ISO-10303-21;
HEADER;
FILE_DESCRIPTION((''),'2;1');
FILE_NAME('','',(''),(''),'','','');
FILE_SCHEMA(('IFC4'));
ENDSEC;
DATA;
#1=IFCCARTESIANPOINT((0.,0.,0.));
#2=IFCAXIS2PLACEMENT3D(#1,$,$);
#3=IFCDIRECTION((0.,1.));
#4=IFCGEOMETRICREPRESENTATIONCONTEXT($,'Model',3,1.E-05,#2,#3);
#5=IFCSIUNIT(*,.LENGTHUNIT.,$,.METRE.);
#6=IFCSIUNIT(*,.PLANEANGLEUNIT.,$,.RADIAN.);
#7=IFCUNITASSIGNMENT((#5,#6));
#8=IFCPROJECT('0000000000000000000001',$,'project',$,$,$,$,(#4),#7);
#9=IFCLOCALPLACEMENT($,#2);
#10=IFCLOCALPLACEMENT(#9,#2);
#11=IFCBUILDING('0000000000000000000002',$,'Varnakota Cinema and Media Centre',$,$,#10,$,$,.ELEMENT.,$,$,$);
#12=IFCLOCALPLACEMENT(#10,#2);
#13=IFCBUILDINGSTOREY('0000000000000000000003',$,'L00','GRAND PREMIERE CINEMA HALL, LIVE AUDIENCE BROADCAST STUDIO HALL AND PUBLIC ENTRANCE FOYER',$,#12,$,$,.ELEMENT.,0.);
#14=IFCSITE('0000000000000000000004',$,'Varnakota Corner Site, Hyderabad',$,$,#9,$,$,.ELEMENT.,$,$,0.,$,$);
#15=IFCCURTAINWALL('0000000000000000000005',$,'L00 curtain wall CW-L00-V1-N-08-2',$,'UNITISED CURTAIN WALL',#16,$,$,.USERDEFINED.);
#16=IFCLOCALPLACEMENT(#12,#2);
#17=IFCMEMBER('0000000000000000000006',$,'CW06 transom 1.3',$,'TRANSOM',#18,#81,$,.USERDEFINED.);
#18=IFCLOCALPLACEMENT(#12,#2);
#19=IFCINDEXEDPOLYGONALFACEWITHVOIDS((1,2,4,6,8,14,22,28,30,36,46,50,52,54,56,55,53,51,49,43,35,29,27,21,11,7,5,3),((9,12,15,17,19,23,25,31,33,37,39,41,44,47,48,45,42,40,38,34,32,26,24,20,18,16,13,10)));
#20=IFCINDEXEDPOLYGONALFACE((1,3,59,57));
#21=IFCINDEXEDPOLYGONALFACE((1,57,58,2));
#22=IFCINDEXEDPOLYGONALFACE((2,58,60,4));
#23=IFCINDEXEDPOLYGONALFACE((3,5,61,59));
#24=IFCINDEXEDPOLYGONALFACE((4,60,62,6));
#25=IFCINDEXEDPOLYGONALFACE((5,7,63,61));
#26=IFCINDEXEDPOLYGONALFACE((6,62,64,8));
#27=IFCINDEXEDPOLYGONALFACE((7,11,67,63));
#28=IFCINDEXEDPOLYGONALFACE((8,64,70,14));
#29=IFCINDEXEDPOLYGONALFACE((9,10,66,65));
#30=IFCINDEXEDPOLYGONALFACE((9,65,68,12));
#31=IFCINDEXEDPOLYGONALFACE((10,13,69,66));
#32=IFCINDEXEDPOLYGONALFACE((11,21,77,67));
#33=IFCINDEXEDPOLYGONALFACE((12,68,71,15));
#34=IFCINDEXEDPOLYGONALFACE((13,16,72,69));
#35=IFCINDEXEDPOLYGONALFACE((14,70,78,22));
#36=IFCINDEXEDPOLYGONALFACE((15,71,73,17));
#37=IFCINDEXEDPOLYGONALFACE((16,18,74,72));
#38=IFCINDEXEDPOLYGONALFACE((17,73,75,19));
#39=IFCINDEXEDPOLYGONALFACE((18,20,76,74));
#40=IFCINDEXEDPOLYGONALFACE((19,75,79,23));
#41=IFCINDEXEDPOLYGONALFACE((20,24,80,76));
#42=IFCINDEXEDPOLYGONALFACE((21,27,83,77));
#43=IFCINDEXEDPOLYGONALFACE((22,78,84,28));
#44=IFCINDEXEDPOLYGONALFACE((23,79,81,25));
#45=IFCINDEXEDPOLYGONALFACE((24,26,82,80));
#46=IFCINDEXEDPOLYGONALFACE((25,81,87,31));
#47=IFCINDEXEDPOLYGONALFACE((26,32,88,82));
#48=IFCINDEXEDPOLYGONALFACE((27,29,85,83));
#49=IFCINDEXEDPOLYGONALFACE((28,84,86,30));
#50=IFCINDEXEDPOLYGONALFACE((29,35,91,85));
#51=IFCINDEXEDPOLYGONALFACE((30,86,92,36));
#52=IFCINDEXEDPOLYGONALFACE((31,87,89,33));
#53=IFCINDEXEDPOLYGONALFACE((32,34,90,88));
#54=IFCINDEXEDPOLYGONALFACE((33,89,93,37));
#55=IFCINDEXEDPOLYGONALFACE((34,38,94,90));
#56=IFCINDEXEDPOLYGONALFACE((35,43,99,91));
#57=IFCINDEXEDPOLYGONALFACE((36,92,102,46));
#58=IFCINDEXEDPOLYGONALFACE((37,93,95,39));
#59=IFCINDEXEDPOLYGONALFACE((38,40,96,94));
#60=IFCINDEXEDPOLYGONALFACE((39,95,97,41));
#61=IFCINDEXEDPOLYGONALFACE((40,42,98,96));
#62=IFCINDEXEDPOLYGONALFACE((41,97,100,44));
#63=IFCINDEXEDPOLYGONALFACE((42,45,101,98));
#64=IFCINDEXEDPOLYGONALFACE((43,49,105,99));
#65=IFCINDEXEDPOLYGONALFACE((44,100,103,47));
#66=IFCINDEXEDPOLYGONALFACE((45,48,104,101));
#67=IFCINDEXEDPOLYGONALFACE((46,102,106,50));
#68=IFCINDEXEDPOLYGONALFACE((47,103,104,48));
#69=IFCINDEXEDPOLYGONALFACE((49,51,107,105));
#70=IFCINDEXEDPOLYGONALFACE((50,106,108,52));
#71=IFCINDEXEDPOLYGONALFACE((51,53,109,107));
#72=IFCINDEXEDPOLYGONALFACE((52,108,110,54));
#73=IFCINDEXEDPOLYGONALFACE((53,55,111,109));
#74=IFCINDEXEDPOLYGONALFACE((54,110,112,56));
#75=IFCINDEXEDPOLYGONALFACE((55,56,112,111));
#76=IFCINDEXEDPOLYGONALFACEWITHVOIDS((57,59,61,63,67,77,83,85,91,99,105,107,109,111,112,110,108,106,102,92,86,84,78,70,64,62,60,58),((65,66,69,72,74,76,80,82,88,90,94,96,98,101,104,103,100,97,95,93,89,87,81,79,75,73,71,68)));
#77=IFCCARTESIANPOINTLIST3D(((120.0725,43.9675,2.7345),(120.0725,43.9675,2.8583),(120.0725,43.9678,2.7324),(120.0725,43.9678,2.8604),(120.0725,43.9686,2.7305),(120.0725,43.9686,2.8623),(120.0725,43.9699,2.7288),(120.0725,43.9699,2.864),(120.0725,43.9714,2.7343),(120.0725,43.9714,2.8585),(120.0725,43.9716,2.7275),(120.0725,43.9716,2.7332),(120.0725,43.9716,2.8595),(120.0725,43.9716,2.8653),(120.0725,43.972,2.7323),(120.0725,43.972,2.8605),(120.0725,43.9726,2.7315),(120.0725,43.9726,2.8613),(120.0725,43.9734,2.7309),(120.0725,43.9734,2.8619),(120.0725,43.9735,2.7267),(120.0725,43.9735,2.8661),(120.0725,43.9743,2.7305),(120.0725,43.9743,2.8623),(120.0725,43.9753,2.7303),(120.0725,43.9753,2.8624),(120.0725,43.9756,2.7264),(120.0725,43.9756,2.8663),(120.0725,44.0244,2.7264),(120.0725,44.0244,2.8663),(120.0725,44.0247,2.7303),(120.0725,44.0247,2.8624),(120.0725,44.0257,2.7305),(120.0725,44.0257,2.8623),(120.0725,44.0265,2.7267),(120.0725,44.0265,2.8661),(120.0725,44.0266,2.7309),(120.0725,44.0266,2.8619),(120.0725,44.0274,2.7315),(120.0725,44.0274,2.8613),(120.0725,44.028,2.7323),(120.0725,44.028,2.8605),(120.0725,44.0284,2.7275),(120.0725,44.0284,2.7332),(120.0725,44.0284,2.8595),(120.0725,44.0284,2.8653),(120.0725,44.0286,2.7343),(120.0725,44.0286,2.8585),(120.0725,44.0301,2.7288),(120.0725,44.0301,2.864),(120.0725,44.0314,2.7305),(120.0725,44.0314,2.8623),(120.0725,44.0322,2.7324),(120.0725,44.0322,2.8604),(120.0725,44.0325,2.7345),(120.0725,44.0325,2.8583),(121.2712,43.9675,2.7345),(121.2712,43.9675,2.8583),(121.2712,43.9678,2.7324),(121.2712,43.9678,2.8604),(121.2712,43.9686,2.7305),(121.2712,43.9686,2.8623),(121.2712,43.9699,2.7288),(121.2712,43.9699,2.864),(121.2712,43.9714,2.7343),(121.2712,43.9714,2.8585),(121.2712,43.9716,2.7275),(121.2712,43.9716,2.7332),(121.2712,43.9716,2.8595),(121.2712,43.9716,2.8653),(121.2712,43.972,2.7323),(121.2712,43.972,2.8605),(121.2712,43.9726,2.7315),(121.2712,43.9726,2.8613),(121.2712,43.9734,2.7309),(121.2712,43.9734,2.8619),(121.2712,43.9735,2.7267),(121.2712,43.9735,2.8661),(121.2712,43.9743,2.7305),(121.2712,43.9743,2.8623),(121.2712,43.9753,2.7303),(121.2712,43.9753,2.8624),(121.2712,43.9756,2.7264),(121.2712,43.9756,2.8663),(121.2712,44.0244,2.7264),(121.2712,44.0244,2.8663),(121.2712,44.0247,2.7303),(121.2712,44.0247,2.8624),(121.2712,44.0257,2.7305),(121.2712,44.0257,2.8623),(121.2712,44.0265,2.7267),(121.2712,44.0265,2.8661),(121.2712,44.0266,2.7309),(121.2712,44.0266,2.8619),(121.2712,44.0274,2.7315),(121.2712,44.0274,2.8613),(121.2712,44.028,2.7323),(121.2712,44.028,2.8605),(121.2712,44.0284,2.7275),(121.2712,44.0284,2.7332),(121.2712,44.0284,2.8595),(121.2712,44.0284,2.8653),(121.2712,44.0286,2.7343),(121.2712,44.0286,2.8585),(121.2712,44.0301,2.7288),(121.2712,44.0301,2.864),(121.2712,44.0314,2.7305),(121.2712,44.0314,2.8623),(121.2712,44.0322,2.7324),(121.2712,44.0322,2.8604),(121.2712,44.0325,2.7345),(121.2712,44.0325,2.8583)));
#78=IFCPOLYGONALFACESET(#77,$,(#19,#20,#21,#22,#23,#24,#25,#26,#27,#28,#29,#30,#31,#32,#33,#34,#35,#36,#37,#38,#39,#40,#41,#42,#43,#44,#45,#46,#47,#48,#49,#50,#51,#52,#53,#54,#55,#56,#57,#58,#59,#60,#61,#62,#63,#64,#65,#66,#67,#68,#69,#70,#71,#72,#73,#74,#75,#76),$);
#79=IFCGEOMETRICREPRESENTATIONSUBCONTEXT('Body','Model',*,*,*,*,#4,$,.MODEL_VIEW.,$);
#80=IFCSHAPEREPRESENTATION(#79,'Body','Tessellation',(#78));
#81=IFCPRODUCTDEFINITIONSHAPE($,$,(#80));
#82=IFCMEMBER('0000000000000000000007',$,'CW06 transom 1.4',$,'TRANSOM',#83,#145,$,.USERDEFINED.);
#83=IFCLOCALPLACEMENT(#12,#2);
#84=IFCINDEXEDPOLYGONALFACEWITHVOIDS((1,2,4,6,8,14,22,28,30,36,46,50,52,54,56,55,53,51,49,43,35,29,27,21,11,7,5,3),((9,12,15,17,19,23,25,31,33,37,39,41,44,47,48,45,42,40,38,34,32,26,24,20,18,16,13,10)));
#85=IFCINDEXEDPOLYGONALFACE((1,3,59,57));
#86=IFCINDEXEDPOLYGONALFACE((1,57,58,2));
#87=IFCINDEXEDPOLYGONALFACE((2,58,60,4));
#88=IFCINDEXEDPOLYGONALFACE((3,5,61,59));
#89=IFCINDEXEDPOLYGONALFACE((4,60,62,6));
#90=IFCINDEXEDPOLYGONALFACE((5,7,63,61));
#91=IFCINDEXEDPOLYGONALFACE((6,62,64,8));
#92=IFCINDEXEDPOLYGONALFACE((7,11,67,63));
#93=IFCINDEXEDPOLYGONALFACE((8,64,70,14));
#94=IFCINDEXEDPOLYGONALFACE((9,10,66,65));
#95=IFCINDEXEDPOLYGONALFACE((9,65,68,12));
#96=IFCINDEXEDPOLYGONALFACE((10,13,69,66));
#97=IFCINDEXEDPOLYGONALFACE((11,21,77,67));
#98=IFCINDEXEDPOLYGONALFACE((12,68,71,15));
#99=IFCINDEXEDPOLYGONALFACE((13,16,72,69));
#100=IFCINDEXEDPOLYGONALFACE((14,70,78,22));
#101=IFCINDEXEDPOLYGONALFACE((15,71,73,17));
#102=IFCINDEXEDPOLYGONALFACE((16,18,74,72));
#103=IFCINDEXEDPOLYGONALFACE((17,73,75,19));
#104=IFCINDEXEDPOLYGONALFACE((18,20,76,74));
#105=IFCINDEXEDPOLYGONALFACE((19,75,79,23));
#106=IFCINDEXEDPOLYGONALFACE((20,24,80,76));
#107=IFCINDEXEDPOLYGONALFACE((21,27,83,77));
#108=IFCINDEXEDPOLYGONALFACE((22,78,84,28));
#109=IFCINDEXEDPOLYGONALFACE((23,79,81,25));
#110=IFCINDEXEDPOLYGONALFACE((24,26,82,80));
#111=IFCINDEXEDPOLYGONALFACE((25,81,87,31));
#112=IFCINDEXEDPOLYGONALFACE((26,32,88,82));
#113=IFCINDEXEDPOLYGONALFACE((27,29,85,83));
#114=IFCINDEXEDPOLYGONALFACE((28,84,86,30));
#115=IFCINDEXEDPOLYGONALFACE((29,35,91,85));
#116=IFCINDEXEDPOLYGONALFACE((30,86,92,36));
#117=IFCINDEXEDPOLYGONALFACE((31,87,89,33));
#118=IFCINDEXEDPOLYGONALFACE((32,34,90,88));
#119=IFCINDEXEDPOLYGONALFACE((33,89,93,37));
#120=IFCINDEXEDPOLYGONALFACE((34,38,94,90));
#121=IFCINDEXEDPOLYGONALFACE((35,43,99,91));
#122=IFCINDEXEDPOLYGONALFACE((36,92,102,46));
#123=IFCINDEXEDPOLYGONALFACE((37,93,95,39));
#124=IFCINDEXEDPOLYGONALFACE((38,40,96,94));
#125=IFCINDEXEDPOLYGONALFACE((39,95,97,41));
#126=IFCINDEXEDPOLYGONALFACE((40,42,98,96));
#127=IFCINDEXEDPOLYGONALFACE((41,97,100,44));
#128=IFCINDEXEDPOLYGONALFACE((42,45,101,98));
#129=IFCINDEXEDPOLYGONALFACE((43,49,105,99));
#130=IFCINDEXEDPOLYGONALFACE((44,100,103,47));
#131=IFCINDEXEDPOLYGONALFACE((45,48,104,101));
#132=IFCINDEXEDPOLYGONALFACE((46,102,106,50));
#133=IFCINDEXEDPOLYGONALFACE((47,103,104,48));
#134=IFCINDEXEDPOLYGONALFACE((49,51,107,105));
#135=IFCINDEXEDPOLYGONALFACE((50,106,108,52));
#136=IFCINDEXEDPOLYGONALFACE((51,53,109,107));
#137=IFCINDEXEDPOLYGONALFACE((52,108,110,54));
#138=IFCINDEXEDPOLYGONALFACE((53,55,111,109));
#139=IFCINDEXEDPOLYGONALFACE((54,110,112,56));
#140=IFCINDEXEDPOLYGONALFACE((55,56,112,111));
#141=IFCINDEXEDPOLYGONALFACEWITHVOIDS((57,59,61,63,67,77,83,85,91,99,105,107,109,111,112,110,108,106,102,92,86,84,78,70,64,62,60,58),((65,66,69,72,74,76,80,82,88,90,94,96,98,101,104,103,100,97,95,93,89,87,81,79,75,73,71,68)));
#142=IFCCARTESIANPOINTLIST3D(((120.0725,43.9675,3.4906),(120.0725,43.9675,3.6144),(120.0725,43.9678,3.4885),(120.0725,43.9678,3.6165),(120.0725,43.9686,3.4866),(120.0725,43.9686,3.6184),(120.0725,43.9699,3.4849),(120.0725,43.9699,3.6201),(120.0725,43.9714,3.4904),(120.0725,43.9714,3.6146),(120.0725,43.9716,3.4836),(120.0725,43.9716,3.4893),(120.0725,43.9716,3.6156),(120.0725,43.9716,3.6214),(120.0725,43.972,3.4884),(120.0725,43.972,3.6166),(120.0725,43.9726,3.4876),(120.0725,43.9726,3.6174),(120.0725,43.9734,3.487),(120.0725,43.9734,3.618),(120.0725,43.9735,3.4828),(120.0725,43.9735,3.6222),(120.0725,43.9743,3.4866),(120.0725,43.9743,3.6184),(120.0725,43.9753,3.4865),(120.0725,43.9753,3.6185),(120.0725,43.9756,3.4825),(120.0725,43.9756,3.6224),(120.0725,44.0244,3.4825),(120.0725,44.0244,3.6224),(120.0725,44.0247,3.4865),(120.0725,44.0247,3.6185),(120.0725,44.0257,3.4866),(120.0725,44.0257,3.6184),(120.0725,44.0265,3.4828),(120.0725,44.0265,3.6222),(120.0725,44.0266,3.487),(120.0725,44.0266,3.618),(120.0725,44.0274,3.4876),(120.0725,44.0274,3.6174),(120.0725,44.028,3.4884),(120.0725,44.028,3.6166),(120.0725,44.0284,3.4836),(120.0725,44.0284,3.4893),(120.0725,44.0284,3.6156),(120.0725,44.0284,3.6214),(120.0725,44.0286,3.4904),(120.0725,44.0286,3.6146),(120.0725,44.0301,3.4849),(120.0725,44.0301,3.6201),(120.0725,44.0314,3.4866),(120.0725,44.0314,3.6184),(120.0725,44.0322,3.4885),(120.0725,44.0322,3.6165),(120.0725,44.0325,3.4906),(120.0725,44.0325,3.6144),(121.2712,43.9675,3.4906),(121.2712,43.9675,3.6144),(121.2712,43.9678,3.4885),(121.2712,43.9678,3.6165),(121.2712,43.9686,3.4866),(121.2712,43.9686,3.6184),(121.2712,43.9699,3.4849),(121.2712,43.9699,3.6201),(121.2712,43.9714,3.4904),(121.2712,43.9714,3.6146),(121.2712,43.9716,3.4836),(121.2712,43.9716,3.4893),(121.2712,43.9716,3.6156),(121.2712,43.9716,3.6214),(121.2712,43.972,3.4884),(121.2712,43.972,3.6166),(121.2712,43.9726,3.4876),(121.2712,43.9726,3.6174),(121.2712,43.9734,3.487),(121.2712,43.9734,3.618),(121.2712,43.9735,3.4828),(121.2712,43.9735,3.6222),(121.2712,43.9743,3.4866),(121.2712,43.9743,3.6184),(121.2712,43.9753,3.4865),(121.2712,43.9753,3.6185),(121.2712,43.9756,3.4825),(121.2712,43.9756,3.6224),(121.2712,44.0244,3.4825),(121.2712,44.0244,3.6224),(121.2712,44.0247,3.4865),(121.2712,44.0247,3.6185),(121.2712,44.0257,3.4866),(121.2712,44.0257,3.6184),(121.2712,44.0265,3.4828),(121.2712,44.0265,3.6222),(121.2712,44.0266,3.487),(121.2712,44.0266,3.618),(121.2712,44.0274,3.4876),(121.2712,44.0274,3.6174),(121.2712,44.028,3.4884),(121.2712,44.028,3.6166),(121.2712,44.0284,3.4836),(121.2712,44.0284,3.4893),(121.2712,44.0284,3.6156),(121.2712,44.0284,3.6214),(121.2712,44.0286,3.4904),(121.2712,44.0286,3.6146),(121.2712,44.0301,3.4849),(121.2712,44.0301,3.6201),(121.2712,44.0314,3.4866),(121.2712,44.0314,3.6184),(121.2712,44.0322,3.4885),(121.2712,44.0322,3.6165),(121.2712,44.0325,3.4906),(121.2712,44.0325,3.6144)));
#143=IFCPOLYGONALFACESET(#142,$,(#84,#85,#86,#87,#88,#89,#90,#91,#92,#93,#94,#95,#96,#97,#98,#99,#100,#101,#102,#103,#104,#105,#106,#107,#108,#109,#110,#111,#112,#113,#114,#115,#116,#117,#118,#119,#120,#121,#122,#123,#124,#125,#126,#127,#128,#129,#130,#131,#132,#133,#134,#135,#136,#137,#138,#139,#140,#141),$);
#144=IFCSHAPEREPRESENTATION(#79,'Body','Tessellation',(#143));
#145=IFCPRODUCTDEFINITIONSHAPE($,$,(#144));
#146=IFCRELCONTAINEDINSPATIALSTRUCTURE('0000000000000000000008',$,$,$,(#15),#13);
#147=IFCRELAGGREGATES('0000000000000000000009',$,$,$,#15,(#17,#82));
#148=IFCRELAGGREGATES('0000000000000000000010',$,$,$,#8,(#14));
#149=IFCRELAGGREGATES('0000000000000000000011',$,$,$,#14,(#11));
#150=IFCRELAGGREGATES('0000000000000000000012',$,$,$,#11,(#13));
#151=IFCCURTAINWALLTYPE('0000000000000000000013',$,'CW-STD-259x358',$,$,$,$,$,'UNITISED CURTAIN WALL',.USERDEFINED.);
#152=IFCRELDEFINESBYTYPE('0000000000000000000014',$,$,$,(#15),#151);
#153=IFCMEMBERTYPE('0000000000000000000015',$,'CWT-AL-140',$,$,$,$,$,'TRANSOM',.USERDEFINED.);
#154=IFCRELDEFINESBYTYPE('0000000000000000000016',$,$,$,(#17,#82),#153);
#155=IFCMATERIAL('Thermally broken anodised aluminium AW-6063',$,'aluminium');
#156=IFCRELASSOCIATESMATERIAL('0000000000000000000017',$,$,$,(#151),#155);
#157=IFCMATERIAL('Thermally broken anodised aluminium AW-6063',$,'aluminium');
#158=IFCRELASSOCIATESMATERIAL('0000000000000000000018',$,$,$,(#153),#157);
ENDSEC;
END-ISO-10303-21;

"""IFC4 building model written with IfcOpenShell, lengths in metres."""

from ifc_helpers import new_model, si_unit, direction, frame, origin, origin_2d, place, context, subcontext, project, spatial, hollow_rectangle, extrude, material, material_profile, profile_set, type_object, element, aggregate, save


model = new_model("IFC4")

# Units and contexts
model_context = context("Model", 3, precision=1e-05, world=origin(), true_north=direction((0.0, 1.0)))
body_context = subcontext(model_context, "Body", "Model", "MODEL_VIEW")
ifc_project = project(units=[si_unit("LENGTHUNIT", "METRE"), si_unit("PLANEANGLEUNIT", "RADIAN")], contexts=[model_context])

# Site, building, storey
site_placement = place(None, origin())
site = spatial("IfcSite", under=ifc_project, at=site_placement, Name="Varnakota Corner Site, Hyderabad", CompositionType="ELEMENT", RefElevation=0.0)
building_placement = place(site_placement, origin())
building = spatial("IfcBuilding", under=site, at=building_placement, Name="Varnakota Cinema and Media Centre", CompositionType="ELEMENT")
storey_placement = place(building_placement, origin())
storey = spatial("IfcBuildingStorey", under=building, at=storey_placement, Name="L00", Description="GRAND PREMIERE CINEMA HALL, LIVE AUDIENCE BROADCAST STUDIO HALL AND PUBLIC ENTRANCE FOYER", CompositionType="ELEMENT", Elevation=0.0)

# Curtain wall
ifc_material_1 = material(Name="Thermally broken anodised aluminium AW-6063", Category="aluminium")
curtain_wall_type = type_object("IfcCurtainWallType", Name="CW-STD-259x358", ElementType="UNITISED CURTAIN WALL", PredefinedType="USERDEFINED", material=ifc_material_1)
curtain_wall_1_placement = place(storey_placement, origin())
curtain_wall_1 = element("IfcCurtainWall", 1, at=curtain_wall_1_placement, inside=storey, type_object=curtain_wall_type, Name="L00 curtain wall CW-L00-V1-N-08-2", ObjectType="UNITISED CURTAIN WALL", PredefinedType="USERDEFINED")

# Members
ifc_material_2 = material(Name="Thermally broken anodised aluminium AW-6063", Category="aluminium")
ifc_material_profile_1 = material_profile(ifc_material_2, hollow_rectangle(XDim=0.0649, YDim=0.1399, WallThickness=0.0039, InnerFilletRadius=0.0039, OuterFilletRadius=0.0081, at=origin_2d()), Name="AL-TRANSOM 140x65x4")
ifc_profile_set_1 = profile_set([ifc_material_profile_1], Name="Thermally broken anodised aluminium AW-6063")
member_type_1 = type_object("IfcMemberType", Name="CWT-AL-140", ElementType="TRANSOM", PredefinedType="USERDEFINED", material=ifc_profile_set_1)
member_1_placement = place(storey_placement, frame((120.0725, 44.0, 2.7964), z_axis=(1.0, 0.0, 0.0), x_axis=(0.0, 1.0, 0.0)))
member_1 = element("IfcMember", 2, at=member_1_placement, type_object=member_type_1, Name="CW06 transom 1.3", ObjectType="TRANSOM", PredefinedType="USERDEFINED", context=body_context, shape_type="SweptSolid", body=[
    extrude(hollow_rectangle(XDim=0.0649, YDim=0.1399, WallThickness=0.0039, InnerFilletRadius=0.0039, OuterFilletRadius=0.0081, at=origin_2d()), origin(), (0.0, 0.0, 1.0), 1.1987),
])
member_2_placement = place(storey_placement, frame((120.0725, 44.0, 3.5525), z_axis=(1.0, 0.0, 0.0), x_axis=(0.0, 1.0, 0.0)))
member_2 = element("IfcMember", 3, at=member_2_placement, type_object=member_type_1, Name="CW06 transom 1.4", ObjectType="TRANSOM", PredefinedType="USERDEFINED", context=body_context, shape_type="SweptSolid", body=[
    extrude(hollow_rectangle(XDim=0.0649, YDim=0.1399, WallThickness=0.0039, InnerFilletRadius=0.0039, OuterFilletRadius=0.0081, at=origin_2d()), origin(), (0.0, 0.0, 1.0), 1.1987),
])

aggregate(curtain_wall_1, [member_1, member_2])

save(model, "model.ifc")
